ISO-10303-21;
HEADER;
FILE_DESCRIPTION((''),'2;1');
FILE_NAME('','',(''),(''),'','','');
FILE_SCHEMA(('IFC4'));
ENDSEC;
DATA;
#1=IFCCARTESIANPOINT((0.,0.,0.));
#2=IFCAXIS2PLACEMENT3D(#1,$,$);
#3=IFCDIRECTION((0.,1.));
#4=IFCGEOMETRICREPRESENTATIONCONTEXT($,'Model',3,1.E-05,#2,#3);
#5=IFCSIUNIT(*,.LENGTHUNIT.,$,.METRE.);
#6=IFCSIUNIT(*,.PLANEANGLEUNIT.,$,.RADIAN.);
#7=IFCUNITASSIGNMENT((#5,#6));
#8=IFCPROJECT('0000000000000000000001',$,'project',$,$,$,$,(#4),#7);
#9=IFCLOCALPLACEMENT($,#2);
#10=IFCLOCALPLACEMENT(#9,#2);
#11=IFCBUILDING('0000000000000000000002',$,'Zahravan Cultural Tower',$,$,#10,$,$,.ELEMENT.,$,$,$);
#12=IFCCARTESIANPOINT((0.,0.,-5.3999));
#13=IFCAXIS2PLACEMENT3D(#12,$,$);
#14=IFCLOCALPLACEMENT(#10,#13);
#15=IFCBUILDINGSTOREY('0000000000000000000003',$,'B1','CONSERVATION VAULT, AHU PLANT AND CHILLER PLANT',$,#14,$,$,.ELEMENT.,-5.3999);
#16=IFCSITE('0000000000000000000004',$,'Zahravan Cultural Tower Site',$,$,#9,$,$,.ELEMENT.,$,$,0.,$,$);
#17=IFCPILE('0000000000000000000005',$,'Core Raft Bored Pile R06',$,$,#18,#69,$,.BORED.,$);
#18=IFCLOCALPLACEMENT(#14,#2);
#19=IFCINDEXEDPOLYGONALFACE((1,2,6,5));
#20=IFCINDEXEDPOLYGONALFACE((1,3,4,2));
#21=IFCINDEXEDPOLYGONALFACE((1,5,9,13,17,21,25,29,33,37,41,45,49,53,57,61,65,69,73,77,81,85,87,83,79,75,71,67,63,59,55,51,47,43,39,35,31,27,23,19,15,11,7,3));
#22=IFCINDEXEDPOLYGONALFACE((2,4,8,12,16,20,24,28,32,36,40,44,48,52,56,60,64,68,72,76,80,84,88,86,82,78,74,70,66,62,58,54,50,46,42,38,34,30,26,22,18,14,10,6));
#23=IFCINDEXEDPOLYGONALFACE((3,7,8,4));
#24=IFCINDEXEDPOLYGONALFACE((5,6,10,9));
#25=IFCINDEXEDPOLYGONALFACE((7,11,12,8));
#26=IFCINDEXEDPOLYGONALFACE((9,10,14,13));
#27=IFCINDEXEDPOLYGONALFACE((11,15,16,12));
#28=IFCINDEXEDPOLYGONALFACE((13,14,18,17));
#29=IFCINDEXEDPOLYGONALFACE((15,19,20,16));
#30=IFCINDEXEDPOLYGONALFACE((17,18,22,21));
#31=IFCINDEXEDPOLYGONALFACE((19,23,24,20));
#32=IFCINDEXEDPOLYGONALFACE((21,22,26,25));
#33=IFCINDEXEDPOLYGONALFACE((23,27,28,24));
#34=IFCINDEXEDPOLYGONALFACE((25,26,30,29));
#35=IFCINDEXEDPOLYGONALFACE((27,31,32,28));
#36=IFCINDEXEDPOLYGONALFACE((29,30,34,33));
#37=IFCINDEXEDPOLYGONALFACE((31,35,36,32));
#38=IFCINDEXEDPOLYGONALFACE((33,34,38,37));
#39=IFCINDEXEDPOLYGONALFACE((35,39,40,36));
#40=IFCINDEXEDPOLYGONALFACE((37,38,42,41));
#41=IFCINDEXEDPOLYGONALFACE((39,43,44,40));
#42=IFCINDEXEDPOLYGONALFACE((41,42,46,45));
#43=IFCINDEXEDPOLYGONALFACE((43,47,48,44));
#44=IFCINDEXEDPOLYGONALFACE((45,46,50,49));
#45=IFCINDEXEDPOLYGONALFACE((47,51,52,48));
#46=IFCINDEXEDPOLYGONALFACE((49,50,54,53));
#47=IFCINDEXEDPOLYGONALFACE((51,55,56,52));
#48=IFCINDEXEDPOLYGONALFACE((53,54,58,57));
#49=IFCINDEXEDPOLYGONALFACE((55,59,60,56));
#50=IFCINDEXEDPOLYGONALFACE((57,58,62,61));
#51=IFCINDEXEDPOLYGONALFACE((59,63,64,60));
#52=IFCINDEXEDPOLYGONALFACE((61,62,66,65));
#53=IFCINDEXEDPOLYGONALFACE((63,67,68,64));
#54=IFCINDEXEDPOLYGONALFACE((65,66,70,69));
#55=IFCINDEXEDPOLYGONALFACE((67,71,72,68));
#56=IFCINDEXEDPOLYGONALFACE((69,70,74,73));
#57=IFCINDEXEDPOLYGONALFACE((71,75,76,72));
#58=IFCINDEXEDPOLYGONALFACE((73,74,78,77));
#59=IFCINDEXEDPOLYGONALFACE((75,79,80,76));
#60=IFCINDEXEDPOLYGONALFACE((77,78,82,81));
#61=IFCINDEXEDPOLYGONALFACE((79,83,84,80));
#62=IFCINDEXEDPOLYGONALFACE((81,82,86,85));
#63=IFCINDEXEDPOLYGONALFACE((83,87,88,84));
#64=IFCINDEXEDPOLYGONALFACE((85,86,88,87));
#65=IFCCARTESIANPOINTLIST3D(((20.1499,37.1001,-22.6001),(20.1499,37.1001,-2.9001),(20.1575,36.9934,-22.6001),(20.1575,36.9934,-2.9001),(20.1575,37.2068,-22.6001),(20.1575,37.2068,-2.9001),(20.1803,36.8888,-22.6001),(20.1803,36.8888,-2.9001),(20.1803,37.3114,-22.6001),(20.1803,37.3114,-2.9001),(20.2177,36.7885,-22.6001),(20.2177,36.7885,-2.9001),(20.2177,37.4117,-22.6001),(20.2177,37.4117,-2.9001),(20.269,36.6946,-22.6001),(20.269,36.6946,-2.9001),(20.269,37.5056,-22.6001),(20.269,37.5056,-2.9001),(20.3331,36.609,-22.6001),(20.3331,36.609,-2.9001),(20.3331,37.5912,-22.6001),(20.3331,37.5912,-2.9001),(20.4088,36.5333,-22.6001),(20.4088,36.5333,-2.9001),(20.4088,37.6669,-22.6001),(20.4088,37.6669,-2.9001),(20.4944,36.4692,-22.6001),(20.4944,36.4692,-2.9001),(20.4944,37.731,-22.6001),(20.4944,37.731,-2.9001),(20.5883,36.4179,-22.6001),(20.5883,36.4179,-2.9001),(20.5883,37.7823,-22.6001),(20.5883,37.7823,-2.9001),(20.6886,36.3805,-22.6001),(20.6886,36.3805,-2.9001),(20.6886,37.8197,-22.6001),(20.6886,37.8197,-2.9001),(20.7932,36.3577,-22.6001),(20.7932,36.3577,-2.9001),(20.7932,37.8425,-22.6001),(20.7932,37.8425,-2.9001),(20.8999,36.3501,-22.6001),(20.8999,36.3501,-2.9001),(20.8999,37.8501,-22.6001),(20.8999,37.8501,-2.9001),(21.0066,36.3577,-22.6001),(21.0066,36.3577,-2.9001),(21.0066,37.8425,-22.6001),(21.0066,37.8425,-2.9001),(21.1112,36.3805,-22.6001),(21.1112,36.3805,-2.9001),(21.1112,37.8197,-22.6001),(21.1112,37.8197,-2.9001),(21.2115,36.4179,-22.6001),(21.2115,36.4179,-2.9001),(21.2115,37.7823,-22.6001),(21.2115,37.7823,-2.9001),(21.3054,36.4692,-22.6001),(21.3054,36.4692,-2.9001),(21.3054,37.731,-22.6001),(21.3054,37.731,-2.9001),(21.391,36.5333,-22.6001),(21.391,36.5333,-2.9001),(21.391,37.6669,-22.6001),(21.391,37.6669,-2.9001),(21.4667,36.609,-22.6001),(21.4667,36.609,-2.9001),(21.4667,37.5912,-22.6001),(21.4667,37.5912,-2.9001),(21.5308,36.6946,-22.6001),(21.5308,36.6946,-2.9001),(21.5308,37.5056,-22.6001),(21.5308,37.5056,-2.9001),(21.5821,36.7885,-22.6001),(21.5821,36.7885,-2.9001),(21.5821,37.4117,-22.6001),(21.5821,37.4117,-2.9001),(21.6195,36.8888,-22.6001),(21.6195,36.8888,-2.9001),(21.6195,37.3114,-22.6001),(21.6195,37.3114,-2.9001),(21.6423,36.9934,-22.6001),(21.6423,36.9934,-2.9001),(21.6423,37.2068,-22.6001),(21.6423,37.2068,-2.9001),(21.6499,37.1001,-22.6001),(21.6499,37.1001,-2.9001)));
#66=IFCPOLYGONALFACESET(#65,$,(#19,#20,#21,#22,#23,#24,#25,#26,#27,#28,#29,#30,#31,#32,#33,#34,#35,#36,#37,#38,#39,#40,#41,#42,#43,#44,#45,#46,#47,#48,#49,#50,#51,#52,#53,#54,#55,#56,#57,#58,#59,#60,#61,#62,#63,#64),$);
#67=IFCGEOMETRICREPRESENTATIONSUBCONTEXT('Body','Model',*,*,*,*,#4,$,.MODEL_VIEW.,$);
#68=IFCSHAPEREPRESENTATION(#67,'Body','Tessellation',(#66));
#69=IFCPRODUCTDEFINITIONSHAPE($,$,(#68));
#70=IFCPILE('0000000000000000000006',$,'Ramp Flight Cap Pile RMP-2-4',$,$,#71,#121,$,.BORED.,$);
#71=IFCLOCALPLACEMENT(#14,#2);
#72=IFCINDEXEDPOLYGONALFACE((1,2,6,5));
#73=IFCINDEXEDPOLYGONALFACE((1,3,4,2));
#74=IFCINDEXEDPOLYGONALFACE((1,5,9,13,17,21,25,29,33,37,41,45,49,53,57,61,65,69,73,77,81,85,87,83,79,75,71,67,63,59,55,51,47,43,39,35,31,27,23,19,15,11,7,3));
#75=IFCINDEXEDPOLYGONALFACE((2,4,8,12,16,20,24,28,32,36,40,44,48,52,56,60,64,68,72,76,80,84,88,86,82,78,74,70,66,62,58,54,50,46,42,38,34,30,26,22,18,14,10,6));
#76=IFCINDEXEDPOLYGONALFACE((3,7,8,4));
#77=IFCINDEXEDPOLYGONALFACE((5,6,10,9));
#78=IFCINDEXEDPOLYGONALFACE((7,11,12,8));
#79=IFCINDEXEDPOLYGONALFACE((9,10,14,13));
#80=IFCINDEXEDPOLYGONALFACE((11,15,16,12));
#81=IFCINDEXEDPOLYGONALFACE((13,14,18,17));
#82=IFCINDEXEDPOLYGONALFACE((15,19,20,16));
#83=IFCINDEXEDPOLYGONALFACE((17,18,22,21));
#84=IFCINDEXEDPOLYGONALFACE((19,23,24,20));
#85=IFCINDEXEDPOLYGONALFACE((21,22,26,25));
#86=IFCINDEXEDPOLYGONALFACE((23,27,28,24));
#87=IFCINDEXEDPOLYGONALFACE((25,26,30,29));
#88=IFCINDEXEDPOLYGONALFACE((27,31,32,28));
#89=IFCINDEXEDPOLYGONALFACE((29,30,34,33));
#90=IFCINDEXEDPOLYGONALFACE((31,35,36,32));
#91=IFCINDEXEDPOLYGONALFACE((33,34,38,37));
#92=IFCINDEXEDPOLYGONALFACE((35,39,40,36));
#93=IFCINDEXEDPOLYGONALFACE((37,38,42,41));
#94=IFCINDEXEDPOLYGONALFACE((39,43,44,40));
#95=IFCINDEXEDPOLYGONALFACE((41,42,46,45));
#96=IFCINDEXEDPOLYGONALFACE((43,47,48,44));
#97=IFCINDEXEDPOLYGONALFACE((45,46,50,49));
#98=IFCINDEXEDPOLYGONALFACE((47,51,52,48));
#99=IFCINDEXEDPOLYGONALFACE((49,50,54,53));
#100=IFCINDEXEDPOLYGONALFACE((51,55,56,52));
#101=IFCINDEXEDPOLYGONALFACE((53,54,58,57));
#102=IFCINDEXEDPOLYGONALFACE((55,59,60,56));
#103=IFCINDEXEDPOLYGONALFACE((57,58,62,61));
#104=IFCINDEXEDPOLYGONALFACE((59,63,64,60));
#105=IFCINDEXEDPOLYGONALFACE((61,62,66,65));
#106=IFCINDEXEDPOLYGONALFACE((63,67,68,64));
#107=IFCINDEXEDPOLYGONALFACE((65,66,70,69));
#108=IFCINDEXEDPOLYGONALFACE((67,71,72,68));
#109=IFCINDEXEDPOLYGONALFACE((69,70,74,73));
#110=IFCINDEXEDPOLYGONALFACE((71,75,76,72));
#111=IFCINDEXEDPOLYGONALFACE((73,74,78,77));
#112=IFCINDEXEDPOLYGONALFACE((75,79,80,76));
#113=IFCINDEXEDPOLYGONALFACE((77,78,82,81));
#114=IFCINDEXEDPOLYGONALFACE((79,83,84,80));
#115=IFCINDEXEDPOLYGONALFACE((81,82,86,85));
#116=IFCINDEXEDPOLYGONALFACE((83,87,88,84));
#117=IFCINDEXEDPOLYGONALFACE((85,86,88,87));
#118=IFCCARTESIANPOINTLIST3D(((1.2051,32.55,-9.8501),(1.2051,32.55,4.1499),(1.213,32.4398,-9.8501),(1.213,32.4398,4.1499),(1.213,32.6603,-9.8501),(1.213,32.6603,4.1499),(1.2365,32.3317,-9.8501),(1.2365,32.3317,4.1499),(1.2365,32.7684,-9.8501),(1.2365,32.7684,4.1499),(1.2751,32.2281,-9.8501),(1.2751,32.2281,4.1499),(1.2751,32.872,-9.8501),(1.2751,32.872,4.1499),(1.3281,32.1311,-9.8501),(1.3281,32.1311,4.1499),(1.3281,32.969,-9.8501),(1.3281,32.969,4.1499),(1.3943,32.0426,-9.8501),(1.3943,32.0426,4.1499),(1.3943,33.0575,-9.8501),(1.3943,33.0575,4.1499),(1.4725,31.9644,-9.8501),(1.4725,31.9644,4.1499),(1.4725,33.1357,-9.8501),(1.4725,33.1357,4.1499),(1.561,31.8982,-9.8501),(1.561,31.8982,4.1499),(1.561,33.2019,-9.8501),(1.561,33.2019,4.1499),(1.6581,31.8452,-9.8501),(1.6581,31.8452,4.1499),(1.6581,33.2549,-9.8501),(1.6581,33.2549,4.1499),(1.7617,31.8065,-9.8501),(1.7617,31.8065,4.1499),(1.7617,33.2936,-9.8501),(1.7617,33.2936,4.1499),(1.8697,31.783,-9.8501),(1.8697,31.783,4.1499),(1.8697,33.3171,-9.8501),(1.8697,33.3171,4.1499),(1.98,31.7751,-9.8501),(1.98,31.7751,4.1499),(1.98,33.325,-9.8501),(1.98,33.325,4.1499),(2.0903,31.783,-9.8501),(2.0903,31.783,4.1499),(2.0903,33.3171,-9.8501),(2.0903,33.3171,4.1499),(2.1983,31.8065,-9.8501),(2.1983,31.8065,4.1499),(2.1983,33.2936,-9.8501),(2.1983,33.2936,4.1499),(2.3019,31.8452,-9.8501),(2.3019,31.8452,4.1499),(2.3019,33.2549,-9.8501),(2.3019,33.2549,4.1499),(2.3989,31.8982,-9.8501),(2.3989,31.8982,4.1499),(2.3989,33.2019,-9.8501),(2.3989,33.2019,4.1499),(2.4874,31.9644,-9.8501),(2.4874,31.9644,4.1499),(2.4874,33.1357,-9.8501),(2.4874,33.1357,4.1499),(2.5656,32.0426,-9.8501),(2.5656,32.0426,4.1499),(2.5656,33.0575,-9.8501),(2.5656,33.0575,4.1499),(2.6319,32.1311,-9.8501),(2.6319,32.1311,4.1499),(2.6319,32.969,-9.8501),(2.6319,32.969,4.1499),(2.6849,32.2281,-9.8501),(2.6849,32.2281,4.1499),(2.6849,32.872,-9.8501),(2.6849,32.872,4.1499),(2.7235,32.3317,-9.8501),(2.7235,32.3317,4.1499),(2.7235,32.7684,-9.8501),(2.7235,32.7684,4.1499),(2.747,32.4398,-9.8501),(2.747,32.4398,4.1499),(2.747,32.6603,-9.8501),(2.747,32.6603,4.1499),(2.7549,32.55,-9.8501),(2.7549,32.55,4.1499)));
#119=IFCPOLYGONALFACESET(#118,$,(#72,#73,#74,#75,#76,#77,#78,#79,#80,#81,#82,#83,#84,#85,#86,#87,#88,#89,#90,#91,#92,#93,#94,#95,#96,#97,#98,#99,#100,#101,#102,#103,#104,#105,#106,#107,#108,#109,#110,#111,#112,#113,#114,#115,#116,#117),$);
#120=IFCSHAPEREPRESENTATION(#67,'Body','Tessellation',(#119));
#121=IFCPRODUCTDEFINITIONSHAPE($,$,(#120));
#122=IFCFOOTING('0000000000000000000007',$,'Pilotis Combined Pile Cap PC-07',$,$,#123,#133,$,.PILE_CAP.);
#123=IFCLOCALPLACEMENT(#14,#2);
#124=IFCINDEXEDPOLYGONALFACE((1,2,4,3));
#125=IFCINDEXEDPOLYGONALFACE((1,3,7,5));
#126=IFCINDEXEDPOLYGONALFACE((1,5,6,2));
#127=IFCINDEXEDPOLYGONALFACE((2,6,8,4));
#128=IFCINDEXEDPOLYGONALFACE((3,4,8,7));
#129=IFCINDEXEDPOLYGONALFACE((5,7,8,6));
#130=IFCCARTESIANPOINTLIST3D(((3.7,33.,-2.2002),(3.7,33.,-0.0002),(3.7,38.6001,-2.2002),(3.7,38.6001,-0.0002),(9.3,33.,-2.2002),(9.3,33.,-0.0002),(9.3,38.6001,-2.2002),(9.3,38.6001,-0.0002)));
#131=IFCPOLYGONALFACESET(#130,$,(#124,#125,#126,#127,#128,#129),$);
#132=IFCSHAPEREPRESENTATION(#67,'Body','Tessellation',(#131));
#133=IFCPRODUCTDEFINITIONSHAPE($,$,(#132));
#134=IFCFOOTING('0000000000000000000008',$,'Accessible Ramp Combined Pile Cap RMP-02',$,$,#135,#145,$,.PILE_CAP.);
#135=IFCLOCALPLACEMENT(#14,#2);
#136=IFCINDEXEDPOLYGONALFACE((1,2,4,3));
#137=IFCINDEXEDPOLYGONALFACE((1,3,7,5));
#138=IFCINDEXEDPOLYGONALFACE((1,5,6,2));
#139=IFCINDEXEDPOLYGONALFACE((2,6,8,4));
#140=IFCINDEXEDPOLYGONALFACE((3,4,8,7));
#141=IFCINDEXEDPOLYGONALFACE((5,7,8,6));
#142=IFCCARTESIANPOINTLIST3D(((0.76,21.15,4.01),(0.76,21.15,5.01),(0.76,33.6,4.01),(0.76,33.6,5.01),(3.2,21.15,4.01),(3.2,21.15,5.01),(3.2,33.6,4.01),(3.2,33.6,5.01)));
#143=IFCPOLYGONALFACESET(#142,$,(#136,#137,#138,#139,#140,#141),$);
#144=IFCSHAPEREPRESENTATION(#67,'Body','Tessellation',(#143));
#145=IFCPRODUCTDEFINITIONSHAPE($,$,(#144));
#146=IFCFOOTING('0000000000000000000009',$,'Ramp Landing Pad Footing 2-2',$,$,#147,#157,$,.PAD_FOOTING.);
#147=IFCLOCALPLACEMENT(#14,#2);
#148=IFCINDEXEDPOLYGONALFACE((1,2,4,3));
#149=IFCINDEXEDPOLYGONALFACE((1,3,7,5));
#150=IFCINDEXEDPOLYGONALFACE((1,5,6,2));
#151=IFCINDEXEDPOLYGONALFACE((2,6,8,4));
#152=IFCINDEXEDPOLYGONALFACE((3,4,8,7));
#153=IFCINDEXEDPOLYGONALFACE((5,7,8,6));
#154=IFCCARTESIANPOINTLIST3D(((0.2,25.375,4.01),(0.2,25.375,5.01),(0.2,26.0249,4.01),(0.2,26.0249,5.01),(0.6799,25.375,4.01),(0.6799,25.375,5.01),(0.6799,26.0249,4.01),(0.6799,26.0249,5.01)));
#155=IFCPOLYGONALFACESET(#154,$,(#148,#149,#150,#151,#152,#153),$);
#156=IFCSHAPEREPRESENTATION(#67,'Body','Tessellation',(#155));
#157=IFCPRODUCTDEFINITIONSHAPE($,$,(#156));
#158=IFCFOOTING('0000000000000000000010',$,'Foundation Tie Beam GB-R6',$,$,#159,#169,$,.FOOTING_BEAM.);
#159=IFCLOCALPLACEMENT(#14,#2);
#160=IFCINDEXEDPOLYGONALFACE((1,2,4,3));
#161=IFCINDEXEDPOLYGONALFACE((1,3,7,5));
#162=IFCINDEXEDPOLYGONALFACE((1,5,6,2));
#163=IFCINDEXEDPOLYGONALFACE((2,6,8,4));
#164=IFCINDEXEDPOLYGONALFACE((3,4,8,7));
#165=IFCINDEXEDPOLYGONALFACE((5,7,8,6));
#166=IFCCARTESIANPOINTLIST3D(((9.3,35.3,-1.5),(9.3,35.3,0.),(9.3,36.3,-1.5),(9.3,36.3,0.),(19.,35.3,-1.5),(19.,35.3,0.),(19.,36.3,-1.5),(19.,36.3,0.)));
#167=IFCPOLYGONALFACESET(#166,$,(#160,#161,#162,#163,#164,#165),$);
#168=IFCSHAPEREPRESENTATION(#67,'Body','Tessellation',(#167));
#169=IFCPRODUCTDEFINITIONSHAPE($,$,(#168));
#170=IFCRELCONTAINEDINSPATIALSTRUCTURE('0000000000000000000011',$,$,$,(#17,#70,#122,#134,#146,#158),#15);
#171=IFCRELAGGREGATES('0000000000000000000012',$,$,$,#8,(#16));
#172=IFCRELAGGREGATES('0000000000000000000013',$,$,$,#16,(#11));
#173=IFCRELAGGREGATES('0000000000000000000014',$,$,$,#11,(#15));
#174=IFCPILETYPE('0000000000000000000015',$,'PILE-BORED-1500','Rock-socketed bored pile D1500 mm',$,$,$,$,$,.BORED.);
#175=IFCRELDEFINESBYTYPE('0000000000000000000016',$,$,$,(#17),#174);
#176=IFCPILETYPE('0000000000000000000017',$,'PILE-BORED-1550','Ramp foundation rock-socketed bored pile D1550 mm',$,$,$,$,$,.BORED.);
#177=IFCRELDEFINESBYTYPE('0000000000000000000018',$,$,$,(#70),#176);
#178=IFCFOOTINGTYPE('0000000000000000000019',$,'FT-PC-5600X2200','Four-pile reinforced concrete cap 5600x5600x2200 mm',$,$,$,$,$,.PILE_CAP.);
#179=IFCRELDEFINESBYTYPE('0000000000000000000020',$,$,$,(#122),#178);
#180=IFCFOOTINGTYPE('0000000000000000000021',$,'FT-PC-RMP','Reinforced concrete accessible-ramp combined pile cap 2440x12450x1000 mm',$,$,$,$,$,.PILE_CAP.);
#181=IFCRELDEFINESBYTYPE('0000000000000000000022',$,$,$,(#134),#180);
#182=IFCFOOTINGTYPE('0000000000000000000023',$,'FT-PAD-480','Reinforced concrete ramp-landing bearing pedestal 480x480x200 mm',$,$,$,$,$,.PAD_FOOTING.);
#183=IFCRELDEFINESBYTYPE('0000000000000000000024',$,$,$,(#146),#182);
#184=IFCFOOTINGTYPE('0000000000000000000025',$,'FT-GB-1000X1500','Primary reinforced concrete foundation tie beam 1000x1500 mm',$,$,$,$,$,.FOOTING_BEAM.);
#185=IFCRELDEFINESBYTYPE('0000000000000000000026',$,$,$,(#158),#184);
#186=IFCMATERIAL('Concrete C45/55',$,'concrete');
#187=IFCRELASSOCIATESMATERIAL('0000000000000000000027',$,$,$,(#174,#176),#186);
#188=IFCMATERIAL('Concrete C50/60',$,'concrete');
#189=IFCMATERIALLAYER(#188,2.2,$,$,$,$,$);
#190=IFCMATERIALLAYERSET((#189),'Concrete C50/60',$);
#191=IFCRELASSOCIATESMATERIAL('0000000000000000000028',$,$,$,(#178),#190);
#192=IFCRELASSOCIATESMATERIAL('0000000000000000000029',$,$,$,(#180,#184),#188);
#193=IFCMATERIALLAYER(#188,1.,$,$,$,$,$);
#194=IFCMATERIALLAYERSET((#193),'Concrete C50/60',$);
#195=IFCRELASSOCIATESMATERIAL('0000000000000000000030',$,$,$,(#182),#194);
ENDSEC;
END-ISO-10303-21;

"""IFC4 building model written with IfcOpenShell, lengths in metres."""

from ifc_helpers import new_model, si_unit, direction, frame, origin, origin_2d, place, context, subcontext, project, spatial, rectangle, circle, extrude, source, transform, mapped, material, layer, layer_set, material_profile, profile_set, type_object, element, save


model = new_model("IFC4")

# Units and contexts
model_context = context("Model", 3, precision=1e-05, world=origin(), true_north=direction((0.0, 1.0)))
body_context = subcontext(model_context, "Body", "Model", "MODEL_VIEW")
ifc_project = project(units=[si_unit("LENGTHUNIT", "METRE"), si_unit("PLANEANGLEUNIT", "RADIAN")], contexts=[model_context])

# Site, building, storey
site_placement = place(None, origin())
site = spatial("IfcSite", under=ifc_project, at=site_placement, Name="Zahravan Cultural Tower Site", CompositionType="ELEMENT", RefElevation=0.0)
building_placement = place(site_placement, origin())
building = spatial("IfcBuilding", under=site, at=building_placement, Name="Zahravan Cultural Tower", CompositionType="ELEMENT")
storey_placement = place(building_placement, frame((0.0, 0.0, -5.3999)))
storey = spatial("IfcBuildingStorey", under=building, at=storey_placement, Name="B1", Description="CONSERVATION VAULT, AHU PLANT AND CHILLER PLANT", CompositionType="ELEMENT", Elevation=-5.3999)

# Piles
ifc_material_1 = material(Name="Concrete C45/55", Category="concrete")
ifc_material_profile_1 = material_profile(ifc_material_1, circle(Radius=0.75, at=origin_2d()), Name="PILE-D1500")
ifc_profile_set_1 = profile_set([ifc_material_profile_1], Name="Concrete C45/55")
pile_type_1 = type_object("IfcPileType", Name="PILE-BORED-1500", Description="Rock-socketed bored pile D1500 mm", PredefinedType="BORED", material=ifc_profile_set_1)
for number, where, z_axis, x_axis, name in (
    (1, (20.8999, 37.1001, -2.9001), (0.0, 0.0, -1.0), (1.0, 0.0, 0.0), "Core Raft Bored Pile R06"),
):
    element("IfcPile", number, at=place(storey_placement, frame(where, z_axis=z_axis, x_axis=x_axis)), inside=storey, type_object=pile_type_1, Name=name, PredefinedType="BORED", context=body_context, shape_type="SweptSolid", body=[
        extrude(circle(Radius=0.75, at=origin_2d()), origin(), (0.0, 0.0, 1.0), 19.7),
    ])
ifc_material_profile_2 = material_profile(ifc_material_1, circle(Radius=0.7749, at=origin_2d()), Name="PILE-D1550")
ifc_profile_set_2 = profile_set([ifc_material_profile_2], Name="Concrete C45/55")
pile_type_2 = type_object("IfcPileType", Name="PILE-BORED-1550", Description="Ramp foundation rock-socketed bored pile D1550 mm", PredefinedType="BORED", material=ifc_profile_set_2)
pile_1_placement = place(storey_placement, frame((1.98, 32.55, 4.1499), z_axis=(0.0, 0.0, -1.0), x_axis=(1.0, 0.0, 0.0)))
element("IfcPile", 2, at=pile_1_placement, inside=storey, type_object=pile_type_2, Name="Ramp Flight Cap Pile RMP-2-4", PredefinedType="BORED", context=body_context, shape_type="SweptSolid", body=[
    extrude(circle(Radius=0.7749, at=origin_2d()), origin(), (0.0, 0.0, 1.0), 14.0),
])

# Footings
ifc_material_2 = material(Name="Concrete C50/60", Category="concrete")
ifc_layer_1 = layer(ifc_material_2, 2.2)
ifc_layer_set_1 = layer_set([ifc_layer_1], Name="Concrete C50/60")
footing_type_1 = type_object("IfcFootingType", Name="FT-PC-5600X2200", Description="Four-pile reinforced concrete cap 5600x5600x2200 mm", PredefinedType="PILE_CAP", material=ifc_layer_set_1)
shared_shape_1 = source(origin(), body_context, "Body", "SweptSolid", [
    extrude(rectangle(XDim=5.6001, YDim=5.6001, at=origin_2d()), origin(), (0.0, 0.0, 1.0), 2.2),
])
footing_1_placement = place(storey_placement, frame((6.5, 35.8, -2.2002), z_axis=(0.0, 0.0, 1.0), x_axis=(1.0, 0.0, 0.0)))
element("IfcFooting", 3, at=footing_1_placement, inside=storey, type_object=footing_type_1, Name="Pilotis Combined Pile Cap PC-07", PredefinedType="PILE_CAP", context=body_context, shape_type="MappedRepresentation", body=[
    mapped(shared_shape_1, transform((0.0, 0.0, 0.0), x_axis=(1.0, 0.0, 0.0), y_axis=(0.0, 1.0, 0.0), z_axis=(0.0, 0.0, 1.0), scale=1.0)),
])
footing_type_2 = type_object("IfcFootingType", Name="FT-PC-RMP", Description="Reinforced concrete accessible-ramp combined pile cap 2440x12450x1000 mm", PredefinedType="PILE_CAP", material=ifc_material_2)
shared_shape_2 = source(origin(), body_context, "Body", "SweptSolid", [
    extrude(rectangle(XDim=2.4399, YDim=12.45, at=origin_2d()), origin(), (0.0, 0.0, 1.0), 1.0),
])
footing_2_placement = place(storey_placement, frame((1.98, 27.375, 4.01), z_axis=(0.0, 0.0, 1.0), x_axis=(1.0, 0.0, 0.0)))
element("IfcFooting", 4, at=footing_2_placement, inside=storey, type_object=footing_type_2, Name="Accessible Ramp Combined Pile Cap RMP-02", PredefinedType="PILE_CAP", context=body_context, shape_type="MappedRepresentation", body=[
    mapped(shared_shape_2, transform((0.0, 0.0, 0.0), x_axis=(1.0, 0.0, 0.0), y_axis=(0.0, 1.0, 0.0), z_axis=(0.0, 0.0, 1.0), scale=1.0)),
])
ifc_layer_2 = layer(ifc_material_2, 1.0)
ifc_layer_set_2 = layer_set([ifc_layer_2], Name="Concrete C50/60")
footing_type_3 = type_object("IfcFootingType", Name="FT-PAD-480", Description="Reinforced concrete ramp-landing bearing pedestal 480x480x200 mm", PredefinedType="PAD_FOOTING", material=ifc_layer_set_2)
shared_shape_3 = source(origin(), body_context, "Body", "SweptSolid", [
    extrude(rectangle(XDim=0.48, YDim=0.6499, at=origin_2d()), origin(), (0.0, 0.0, 1.0), 1.0),
])
footing_3_placement = place(storey_placement, frame((0.4399, 25.7, 4.01), z_axis=(0.0, 0.0, 1.0), x_axis=(1.0, 0.0, 0.0)))
element("IfcFooting", 5, at=footing_3_placement, inside=storey, type_object=footing_type_3, Name="Ramp Landing Pad Footing 2-2", PredefinedType="PAD_FOOTING", context=body_context, shape_type="MappedRepresentation", body=[
    mapped(shared_shape_3, transform((0.0, 0.0, 0.0), x_axis=(1.0, 0.0, 0.0), y_axis=(0.0, 1.0, 0.0), z_axis=(0.0, 0.0, 1.0), scale=1.0)),
])
ifc_material_profile_3 = material_profile(ifc_material_2, rectangle(XDim=1.0, YDim=1.5, at=origin_2d()), Name="RC1000X1500")
ifc_profile_set_3 = profile_set([ifc_material_profile_3], Name="Concrete C50/60")
footing_type_4 = type_object("IfcFootingType", Name="FT-GB-1000X1500", Description="Primary reinforced concrete foundation tie beam 1000x1500 mm", PredefinedType="FOOTING_BEAM", material=ifc_profile_set_3)
shared_shape_4 = source(origin(), body_context, "Body", "SweptSolid", [
    extrude(rectangle(XDim=1.0, YDim=1.5, at=origin_2d()), origin(), (0.0, 0.0, 1.0), 9.7),
])
footing_4_placement = place(storey_placement, frame((9.3, 35.8, -0.75), z_axis=(1.0, 0.0, 0.0), x_axis=(0.0, 1.0, 0.0)))
element("IfcFooting", 6, at=footing_4_placement, inside=storey, type_object=footing_type_4, Name="Foundation Tie Beam GB-R6", PredefinedType="FOOTING_BEAM", context=body_context, shape_type="MappedRepresentation", body=[
    mapped(shared_shape_4, transform((0.0, 0.0, 0.0), x_axis=(1.0, 0.0, 0.0), y_axis=(0.0, 1.0, 0.0), z_axis=(0.0, 0.0, 1.0), scale=1.0)),
])

save(model, "model.ifc")
